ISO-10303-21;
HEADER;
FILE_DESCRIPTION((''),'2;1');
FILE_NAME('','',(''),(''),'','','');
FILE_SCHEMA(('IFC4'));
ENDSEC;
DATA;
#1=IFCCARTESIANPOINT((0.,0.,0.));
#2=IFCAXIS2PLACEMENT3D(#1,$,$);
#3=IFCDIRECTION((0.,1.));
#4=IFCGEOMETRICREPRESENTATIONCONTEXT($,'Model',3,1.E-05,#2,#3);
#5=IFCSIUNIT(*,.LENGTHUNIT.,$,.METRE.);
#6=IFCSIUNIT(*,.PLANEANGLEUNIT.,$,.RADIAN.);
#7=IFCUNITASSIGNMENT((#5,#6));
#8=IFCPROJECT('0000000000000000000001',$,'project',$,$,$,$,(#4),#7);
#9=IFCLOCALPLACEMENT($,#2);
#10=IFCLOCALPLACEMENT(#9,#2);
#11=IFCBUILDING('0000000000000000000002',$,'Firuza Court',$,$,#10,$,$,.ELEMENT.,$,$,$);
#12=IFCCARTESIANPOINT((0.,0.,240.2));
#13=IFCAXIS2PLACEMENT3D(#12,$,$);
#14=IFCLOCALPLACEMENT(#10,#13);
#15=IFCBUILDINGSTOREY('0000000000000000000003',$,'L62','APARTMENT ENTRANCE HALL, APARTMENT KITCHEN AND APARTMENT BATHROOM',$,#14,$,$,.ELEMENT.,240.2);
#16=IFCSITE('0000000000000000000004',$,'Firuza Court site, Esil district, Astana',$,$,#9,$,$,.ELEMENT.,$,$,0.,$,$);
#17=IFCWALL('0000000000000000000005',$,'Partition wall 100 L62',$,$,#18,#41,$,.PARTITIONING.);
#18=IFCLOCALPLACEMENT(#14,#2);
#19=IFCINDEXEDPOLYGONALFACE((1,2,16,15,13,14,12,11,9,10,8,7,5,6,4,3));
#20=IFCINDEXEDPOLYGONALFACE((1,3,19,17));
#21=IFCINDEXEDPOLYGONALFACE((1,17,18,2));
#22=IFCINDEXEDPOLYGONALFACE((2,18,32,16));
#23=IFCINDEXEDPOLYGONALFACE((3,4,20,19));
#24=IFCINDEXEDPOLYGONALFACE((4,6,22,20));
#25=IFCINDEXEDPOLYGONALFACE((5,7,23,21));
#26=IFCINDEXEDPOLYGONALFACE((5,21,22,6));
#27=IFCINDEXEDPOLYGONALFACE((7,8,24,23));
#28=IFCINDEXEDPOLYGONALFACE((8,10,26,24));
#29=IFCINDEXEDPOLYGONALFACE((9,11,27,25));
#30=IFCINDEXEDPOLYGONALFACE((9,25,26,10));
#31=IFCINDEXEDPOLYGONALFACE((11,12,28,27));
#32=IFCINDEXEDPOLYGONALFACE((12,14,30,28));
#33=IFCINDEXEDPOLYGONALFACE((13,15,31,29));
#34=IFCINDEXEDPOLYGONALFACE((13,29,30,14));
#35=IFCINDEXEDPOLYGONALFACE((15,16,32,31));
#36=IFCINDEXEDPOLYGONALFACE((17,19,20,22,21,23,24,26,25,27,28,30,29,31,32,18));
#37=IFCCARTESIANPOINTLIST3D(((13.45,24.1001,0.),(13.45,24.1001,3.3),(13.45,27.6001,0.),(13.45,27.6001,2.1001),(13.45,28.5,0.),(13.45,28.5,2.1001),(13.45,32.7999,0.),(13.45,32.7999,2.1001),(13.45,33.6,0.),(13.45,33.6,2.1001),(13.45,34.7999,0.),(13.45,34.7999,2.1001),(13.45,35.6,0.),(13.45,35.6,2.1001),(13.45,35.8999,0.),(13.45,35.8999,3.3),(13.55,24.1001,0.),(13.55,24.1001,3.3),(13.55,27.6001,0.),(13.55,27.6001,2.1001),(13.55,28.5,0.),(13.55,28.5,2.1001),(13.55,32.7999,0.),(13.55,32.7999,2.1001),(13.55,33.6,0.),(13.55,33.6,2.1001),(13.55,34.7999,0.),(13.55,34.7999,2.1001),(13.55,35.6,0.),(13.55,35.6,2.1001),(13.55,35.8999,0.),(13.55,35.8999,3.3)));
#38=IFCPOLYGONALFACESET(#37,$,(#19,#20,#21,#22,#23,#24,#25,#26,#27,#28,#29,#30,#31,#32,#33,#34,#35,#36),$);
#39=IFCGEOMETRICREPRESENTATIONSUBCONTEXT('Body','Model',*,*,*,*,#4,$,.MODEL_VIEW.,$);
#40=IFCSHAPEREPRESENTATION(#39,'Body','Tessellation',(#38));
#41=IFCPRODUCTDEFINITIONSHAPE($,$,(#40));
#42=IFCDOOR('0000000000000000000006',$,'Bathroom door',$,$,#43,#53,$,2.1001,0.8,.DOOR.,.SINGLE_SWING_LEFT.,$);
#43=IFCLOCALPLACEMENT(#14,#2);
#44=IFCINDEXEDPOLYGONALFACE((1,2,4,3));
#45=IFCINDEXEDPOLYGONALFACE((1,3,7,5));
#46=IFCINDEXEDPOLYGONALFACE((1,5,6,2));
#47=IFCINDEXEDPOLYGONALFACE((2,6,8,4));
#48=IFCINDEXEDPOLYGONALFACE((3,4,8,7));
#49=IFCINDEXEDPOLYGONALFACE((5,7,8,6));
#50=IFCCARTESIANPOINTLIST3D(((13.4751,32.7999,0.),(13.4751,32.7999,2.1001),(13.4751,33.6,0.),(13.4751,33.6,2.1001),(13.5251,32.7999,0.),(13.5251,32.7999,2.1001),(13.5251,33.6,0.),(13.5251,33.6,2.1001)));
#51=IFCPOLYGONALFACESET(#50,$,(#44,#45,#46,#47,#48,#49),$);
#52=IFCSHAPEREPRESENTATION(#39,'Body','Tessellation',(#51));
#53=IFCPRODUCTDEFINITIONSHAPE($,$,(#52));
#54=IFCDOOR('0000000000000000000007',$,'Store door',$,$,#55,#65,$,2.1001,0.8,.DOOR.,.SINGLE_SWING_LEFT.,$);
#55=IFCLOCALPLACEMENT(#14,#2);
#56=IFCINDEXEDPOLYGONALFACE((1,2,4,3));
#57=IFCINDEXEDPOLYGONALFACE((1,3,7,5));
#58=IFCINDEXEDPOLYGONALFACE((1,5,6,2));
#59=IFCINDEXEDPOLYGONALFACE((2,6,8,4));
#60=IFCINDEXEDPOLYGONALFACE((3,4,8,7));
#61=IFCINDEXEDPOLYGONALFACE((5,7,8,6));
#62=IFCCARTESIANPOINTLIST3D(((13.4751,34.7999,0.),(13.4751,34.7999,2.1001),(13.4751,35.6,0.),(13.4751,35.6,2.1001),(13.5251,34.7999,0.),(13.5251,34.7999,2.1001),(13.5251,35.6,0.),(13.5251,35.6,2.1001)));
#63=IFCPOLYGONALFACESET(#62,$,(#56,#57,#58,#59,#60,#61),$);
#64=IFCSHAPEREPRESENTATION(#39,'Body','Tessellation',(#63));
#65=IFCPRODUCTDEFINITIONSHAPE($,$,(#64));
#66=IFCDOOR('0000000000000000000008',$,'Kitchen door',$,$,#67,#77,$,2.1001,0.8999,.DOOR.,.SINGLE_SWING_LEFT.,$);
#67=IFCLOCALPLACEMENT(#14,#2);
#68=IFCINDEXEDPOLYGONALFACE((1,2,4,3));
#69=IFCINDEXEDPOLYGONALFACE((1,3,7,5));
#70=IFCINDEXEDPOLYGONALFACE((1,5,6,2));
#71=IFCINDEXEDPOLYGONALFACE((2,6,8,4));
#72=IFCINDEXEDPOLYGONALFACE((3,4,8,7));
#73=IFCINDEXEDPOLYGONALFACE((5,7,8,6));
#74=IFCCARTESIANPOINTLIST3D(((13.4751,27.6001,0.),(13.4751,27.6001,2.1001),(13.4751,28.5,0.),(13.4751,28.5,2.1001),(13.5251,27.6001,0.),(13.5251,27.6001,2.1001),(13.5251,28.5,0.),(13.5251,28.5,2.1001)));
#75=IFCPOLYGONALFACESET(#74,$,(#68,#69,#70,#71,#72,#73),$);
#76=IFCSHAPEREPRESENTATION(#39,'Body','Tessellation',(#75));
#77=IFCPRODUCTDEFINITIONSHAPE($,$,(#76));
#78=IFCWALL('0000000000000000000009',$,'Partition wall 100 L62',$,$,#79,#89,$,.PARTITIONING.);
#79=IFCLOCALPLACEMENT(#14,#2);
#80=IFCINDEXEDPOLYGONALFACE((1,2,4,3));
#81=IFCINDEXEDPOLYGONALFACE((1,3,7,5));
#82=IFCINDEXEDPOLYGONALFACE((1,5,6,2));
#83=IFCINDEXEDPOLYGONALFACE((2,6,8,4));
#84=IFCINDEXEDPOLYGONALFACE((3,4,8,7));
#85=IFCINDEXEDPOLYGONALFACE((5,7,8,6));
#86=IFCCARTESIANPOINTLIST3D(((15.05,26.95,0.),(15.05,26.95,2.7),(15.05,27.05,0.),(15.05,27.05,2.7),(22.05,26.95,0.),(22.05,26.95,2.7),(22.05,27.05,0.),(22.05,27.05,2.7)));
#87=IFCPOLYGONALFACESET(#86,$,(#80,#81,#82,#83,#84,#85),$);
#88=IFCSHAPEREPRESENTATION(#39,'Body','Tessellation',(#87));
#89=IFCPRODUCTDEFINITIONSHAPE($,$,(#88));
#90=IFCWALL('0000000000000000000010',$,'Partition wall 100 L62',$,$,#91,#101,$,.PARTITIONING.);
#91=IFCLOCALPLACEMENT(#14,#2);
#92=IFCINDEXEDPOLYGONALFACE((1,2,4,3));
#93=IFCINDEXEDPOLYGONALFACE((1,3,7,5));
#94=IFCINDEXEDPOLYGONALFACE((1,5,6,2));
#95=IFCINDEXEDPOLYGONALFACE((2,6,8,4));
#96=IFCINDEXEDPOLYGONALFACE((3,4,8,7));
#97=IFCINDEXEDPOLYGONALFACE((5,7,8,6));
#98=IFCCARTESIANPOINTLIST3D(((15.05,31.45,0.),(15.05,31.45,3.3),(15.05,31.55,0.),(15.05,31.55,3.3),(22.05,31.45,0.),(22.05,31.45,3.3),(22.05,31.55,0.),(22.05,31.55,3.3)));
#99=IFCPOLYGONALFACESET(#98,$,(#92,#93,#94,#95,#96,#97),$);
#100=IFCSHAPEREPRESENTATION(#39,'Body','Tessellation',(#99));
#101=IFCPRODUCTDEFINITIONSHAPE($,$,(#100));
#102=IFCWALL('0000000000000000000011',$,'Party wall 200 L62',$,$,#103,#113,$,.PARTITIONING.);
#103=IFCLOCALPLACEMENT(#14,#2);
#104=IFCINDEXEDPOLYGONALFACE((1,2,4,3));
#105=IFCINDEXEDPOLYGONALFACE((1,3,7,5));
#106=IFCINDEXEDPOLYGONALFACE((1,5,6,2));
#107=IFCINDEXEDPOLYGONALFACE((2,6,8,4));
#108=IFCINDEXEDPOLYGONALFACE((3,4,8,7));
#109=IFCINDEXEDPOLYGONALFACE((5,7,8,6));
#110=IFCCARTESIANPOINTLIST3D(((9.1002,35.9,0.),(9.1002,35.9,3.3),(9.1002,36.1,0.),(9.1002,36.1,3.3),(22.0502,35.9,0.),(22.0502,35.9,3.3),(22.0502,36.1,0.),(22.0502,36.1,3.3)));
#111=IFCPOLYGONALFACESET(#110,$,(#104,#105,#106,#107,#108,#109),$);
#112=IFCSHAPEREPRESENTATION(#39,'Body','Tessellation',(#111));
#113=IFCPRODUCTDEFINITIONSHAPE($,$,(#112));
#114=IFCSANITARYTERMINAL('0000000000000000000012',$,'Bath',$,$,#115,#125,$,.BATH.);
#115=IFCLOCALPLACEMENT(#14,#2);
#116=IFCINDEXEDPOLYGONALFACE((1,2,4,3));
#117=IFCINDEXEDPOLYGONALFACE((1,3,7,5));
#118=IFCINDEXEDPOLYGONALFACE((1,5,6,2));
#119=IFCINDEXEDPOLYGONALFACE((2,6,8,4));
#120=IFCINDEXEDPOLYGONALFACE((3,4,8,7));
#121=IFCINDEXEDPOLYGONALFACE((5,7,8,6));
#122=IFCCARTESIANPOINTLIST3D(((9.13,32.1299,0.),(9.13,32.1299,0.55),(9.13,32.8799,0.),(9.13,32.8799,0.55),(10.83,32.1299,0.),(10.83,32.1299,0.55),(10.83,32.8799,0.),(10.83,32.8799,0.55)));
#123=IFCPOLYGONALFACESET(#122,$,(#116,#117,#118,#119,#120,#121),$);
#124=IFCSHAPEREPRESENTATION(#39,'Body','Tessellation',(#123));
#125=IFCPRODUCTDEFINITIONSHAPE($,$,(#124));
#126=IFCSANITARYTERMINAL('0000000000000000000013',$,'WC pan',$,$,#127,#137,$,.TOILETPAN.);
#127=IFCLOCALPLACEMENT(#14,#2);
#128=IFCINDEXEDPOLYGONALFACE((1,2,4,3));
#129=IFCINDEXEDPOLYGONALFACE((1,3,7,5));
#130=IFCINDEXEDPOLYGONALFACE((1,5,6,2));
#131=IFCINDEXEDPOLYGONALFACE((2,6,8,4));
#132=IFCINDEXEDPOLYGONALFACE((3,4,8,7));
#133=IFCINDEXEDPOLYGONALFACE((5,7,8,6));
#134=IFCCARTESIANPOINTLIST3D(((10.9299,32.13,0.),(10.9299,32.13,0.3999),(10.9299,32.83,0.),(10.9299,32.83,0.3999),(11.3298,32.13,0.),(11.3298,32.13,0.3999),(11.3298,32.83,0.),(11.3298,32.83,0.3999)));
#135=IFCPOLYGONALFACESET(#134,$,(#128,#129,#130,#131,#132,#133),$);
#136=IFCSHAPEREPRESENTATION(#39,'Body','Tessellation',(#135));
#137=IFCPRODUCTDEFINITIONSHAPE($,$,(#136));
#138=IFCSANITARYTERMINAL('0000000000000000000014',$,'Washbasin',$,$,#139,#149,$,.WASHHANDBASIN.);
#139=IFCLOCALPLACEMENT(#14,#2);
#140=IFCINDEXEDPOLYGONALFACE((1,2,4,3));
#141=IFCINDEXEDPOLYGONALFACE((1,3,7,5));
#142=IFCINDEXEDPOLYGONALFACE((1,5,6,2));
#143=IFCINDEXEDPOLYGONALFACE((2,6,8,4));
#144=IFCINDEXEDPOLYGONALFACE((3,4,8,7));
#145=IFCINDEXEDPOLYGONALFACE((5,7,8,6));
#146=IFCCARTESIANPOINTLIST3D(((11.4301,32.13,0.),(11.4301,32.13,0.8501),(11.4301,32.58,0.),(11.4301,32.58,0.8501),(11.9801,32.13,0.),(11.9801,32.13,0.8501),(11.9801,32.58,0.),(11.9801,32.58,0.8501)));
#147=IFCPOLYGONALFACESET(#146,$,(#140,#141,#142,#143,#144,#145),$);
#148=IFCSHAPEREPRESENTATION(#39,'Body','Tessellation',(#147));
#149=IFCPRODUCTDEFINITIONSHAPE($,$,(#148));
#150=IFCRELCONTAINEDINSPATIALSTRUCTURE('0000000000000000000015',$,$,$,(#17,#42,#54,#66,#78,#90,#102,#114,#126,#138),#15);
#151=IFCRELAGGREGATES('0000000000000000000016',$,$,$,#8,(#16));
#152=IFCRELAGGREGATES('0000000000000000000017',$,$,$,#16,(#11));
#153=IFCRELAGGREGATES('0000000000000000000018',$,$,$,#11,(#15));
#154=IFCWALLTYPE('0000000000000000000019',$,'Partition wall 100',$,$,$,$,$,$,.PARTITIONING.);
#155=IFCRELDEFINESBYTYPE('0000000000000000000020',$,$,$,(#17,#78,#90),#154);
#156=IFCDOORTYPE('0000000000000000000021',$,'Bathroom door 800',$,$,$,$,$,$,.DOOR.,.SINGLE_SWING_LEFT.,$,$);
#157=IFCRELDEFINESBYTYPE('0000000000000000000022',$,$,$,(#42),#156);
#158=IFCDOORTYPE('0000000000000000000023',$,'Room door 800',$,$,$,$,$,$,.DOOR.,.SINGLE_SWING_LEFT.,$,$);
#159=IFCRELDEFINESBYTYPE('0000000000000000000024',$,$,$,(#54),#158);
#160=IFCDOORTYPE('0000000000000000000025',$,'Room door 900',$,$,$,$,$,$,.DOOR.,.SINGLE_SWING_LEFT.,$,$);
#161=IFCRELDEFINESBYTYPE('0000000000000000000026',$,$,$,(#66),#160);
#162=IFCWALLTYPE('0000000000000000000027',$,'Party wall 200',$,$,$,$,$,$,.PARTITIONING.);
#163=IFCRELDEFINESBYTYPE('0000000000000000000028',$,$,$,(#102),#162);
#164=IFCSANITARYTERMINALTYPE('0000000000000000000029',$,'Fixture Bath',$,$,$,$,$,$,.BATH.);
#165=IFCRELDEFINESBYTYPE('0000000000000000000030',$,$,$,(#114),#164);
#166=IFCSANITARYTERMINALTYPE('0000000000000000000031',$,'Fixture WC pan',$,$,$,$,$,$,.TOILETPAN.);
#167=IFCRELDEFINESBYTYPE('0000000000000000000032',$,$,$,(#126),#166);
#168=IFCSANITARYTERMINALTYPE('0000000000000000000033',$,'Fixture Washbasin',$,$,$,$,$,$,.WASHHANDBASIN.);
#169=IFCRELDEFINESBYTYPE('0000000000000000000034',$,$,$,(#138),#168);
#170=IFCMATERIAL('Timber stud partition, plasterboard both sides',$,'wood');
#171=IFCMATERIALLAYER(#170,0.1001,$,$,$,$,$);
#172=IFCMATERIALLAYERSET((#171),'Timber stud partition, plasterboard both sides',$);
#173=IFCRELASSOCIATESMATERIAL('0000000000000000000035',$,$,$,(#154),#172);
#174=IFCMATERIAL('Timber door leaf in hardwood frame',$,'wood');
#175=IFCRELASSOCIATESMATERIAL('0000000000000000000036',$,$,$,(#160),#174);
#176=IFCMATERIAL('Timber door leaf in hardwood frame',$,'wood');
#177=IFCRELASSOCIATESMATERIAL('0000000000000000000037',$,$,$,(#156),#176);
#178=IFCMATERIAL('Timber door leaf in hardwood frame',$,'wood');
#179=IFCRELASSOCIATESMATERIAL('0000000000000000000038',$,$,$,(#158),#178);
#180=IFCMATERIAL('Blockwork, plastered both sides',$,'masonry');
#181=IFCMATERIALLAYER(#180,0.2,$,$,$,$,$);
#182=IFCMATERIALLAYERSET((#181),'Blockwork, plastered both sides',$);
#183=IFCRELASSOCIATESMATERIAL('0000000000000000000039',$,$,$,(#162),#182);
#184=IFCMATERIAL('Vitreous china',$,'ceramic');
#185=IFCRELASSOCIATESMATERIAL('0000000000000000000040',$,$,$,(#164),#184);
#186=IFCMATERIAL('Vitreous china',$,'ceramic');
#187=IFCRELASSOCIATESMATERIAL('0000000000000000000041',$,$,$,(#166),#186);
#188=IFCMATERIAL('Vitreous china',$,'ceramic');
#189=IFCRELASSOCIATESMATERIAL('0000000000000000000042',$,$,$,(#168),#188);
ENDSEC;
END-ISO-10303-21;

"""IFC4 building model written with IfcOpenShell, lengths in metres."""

from ifc_helpers import new_model, si_unit, direction, frame, frame_2d, origin, origin_2d, place, context, subcontext, project, spatial, rectangle, extrude, material, layer, layer_set, type_object, element, fill, save


model = new_model("IFC4")

# Units and contexts
model_context = context("Model", 3, precision=1e-05, world=origin(), true_north=direction((0.0, 1.0)))
body_context = subcontext(model_context, "Body", "Model", "MODEL_VIEW")
ifc_project = project(units=[si_unit("LENGTHUNIT", "METRE"), si_unit("PLANEANGLEUNIT", "RADIAN")], contexts=[model_context])

# Site, building, storey
site_placement = place(None, origin())
site = spatial("IfcSite", under=ifc_project, at=site_placement, Name="Firuza Court site, Esil district, Astana", CompositionType="ELEMENT", RefElevation=0.0)
building_placement = place(site_placement, origin())
building = spatial("IfcBuilding", under=site, at=building_placement, Name="Firuza Court", CompositionType="ELEMENT")
storey_placement = place(building_placement, frame((0.0, 0.0, 240.2)))
storey = spatial("IfcBuildingStorey", under=building, at=storey_placement, Name="L62", Description="APARTMENT ENTRANCE HALL, APARTMENT KITCHEN AND APARTMENT BATHROOM", CompositionType="ELEMENT", Elevation=240.2)

# Shared definitions
ifc_material_1 = material(Name="Blockwork, plastered both sides", Category="masonry")

# Shared definitions
ifc_material_2 = material(Name="Timber stud partition, plasterboard both sides", Category="wood")
ifc_layer_1 = layer(ifc_material_2, 0.1001)
ifc_layer_set_1 = layer_set([ifc_layer_1], Name="Timber stud partition, plasterboard both sides")
wall_type_1 = type_object("IfcWallType", Name="Partition wall 100", PredefinedType="PARTITIONING", material=ifc_layer_set_1)
ifc_material_3 = material(Name="Timber door leaf in hardwood frame", Category="wood")
door_type_1 = type_object("IfcDoorType", Name="Room door 900", OperationType="SINGLE_SWING_LEFT", PredefinedType="DOOR", material=ifc_material_3)

# Wall, openings, doors
wall_1_placement = place(storey_placement, frame((13.5, 24.1001, 0.0), z_axis=(0.0, 0.0, 1.0), x_axis=(0.0, 1.0, 0.0)))
wall_1 = element("IfcWall", 1, at=wall_1_placement, inside=storey, type_object=wall_type_1, Name="Partition wall 100 L62", PredefinedType="PARTITIONING", context=body_context, shape_type="SweptSolid", body=[
    extrude(rectangle(XDim=11.7998, YDim=0.1001, at=frame_2d((5.8999, 0.0))), origin(), (0.0, 0.0, 1.0), 3.3),
])
opening_1_placement = place(wall_1_placement, frame((8.7, 0.0, 0.0)))
opening_1 = element("IfcOpeningElement", 2, at=opening_1_placement, cuts=wall_1, PredefinedType="OPENING", context=body_context, shape_type="SweptSolid", body=[
    extrude(rectangle(XDim=0.8, YDim=2.1001, at=frame_2d((0.3999, 1.05))), frame((0.0, 0.062, 0.0), z_axis=(0.0, -1.0, 0.0), x_axis=(1.0, 0.0, 0.0)), (0.0, 0.0, 1.0), 0.124),
])
opening_2_placement = place(wall_1_placement, frame((3.5, 0.0, 0.0)))
opening_2 = element("IfcOpeningElement", 3, at=opening_2_placement, cuts=wall_1, PredefinedType="OPENING", context=body_context, shape_type="SweptSolid", body=[
    extrude(rectangle(XDim=0.8999, YDim=2.1001, at=frame_2d((0.45, 1.05))), frame((0.0, 0.062, 0.0), z_axis=(0.0, -1.0, 0.0), x_axis=(1.0, 0.0, 0.0)), (0.0, 0.0, 1.0), 0.124),
])
opening_3_placement = place(wall_1_placement, frame((10.7, 0.0, 0.0)))
opening_3 = element("IfcOpeningElement", 4, at=opening_3_placement, cuts=wall_1, PredefinedType="OPENING", context=body_context, shape_type="SweptSolid", body=[
    extrude(rectangle(XDim=0.8, YDim=2.1001, at=frame_2d((0.3999, 1.05))), frame((0.0, 0.062, 0.0), z_axis=(0.0, -1.0, 0.0), x_axis=(1.0, 0.0, 0.0)), (0.0, 0.0, 1.0), 0.124),
])
ifc_material_4 = material(Name="Timber door leaf in hardwood frame", Category="wood")
door_type_2 = type_object("IfcDoorType", Name="Bathroom door 800", OperationType="SINGLE_SWING_LEFT", PredefinedType="DOOR", material=ifc_material_4)
door_1_placement = place(opening_1_placement, origin())
door_1 = element("IfcDoor", 5, at=door_1_placement, inside=storey, type_object=door_type_2, Name="Bathroom door", OperationType="SINGLE_SWING_LEFT", OverallHeight=2.1001, OverallWidth=0.8, PredefinedType="DOOR", context=body_context, shape_type="SweptSolid", body=[
    extrude(rectangle(XDim=0.8, YDim=2.1001, at=frame_2d((0.3999, 1.05))), frame((0.0, 0.0249, 0.0), z_axis=(0.0, -1.0, 0.0), x_axis=(1.0, 0.0, 0.0)), (0.0, 0.0, 1.0), 0.05),
])
fill(opening_1, door_1)
ifc_material_5 = material(Name="Timber door leaf in hardwood frame", Category="wood")
door_type_3 = type_object("IfcDoorType", Name="Room door 800", OperationType="SINGLE_SWING_LEFT", PredefinedType="DOOR", material=ifc_material_5)
door_2_placement = place(opening_3_placement, origin())
door_2 = element("IfcDoor", 6, at=door_2_placement, inside=storey, type_object=door_type_3, Name="Store door", OperationType="SINGLE_SWING_LEFT", OverallHeight=2.1001, OverallWidth=0.8, PredefinedType="DOOR", context=body_context, shape_type="SweptSolid", body=[
    extrude(rectangle(XDim=0.8, YDim=2.1001, at=frame_2d((0.3999, 1.05))), frame((0.0, 0.0249, 0.0), z_axis=(0.0, -1.0, 0.0), x_axis=(1.0, 0.0, 0.0)), (0.0, 0.0, 1.0), 0.05),
])
fill(opening_3, door_2)
door_3_placement = place(opening_2_placement, origin())
door_3 = element("IfcDoor", 7, at=door_3_placement, inside=storey, type_object=door_type_1, Name="Kitchen door", OperationType="SINGLE_SWING_LEFT", OverallHeight=2.1001, OverallWidth=0.8999, PredefinedType="DOOR", context=body_context, shape_type="SweptSolid", body=[
    extrude(rectangle(XDim=0.8999, YDim=2.1001, at=frame_2d((0.45, 1.05))), frame((0.0, 0.0249, 0.0), z_axis=(0.0, -1.0, 0.0), x_axis=(1.0, 0.0, 0.0)), (0.0, 0.0, 1.0), 0.05),
])
fill(opening_2, door_3)

# Walls
wall_2_placement = place(storey_placement, frame((15.05, 27.0, 0.0), z_axis=(0.0, 0.0, 1.0), x_axis=(1.0, 0.0, 0.0)))
element("IfcWall", 8, at=wall_2_placement, inside=storey, type_object=wall_type_1, Name="Partition wall 100 L62", PredefinedType="PARTITIONING", context=body_context, shape_type="SweptSolid", body=[
    extrude(rectangle(XDim=7.0, YDim=0.1001, at=frame_2d((3.5, 0.0))), origin(), (0.0, 0.0, 1.0), 2.7),
])
wall_3_placement = place(storey_placement, frame((15.05, 31.5, 0.0), z_axis=(0.0, 0.0, 1.0), x_axis=(1.0, 0.0, 0.0)))
element("IfcWall", 9, at=wall_3_placement, inside=storey, type_object=wall_type_1, Name="Partition wall 100 L62", PredefinedType="PARTITIONING", context=body_context, shape_type="SweptSolid", body=[
    extrude(rectangle(XDim=7.0, YDim=0.1001, at=frame_2d((3.5, 0.0))), origin(), (0.0, 0.0, 1.0), 3.3),
])
ifc_layer_2 = layer(ifc_material_1, 0.2)
ifc_layer_set_2 = layer_set([ifc_layer_2], Name="Blockwork, plastered both sides")
wall_type_2 = type_object("IfcWallType", Name="Party wall 200", PredefinedType="PARTITIONING", material=ifc_layer_set_2)
wall_4_placement = place(storey_placement, frame((9.1001, 36.0, 0.0), z_axis=(0.0, 0.0, 1.0), x_axis=(1.0, 0.0, 0.0)))
element("IfcWall", 10, at=wall_4_placement, inside=storey, type_object=wall_type_2, Name="Party wall 200 L62", PredefinedType="PARTITIONING", context=body_context, shape_type="SweptSolid", body=[
    extrude(rectangle(XDim=12.95, YDim=0.2, at=frame_2d((6.4751, 0.0))), origin(), (0.0, 0.0, 1.0), 3.3),
])

# Sanitary terminals
ifc_material_6 = material(Name="Vitreous china", Category="ceramic")
sanitary_terminal_type_1 = type_object("IfcSanitaryTerminalType", Name="Fixture Bath", PredefinedType="BATH", material=ifc_material_6)
sanitary_terminal_1_placement = place(storey_placement, frame((9.98, 32.5049, 0.0), z_axis=(0.0, 0.0, 1.0), x_axis=(1.0, 0.0, 0.0)))
element("IfcSanitaryTerminal", 11, at=sanitary_terminal_1_placement, inside=storey, type_object=sanitary_terminal_type_1, Name="Bath", PredefinedType="BATH", context=body_context, shape_type="SweptSolid", body=[
    extrude(rectangle(XDim=1.7, YDim=0.75, at=origin_2d()), origin(), (0.0, 0.0, 1.0), 0.55),
])
ifc_material_7 = material(Name="Vitreous china", Category="ceramic")
sanitary_terminal_type_2 = type_object("IfcSanitaryTerminalType", Name="Fixture WC pan", PredefinedType="TOILETPAN", material=ifc_material_7)
sanitary_terminal_2_placement = place(storey_placement, frame((11.1299, 32.48, 0.0), z_axis=(0.0, 0.0, 1.0), x_axis=(1.0, 0.0, 0.0)))
element("IfcSanitaryTerminal", 12, at=sanitary_terminal_2_placement, inside=storey, type_object=sanitary_terminal_type_2, Name="WC pan", PredefinedType="TOILETPAN", context=body_context, shape_type="SweptSolid", body=[
    extrude(rectangle(XDim=0.3999, YDim=0.7, at=origin_2d()), origin(), (0.0, 0.0, 1.0), 0.3999),
])
ifc_material_8 = material(Name="Vitreous china", Category="ceramic")
sanitary_terminal_type_3 = type_object("IfcSanitaryTerminalType", Name="Fixture Washbasin", PredefinedType="WASHHANDBASIN", material=ifc_material_8)
sanitary_terminal_3_placement = place(storey_placement, frame((11.7051, 32.355, 0.0), z_axis=(0.0, 0.0, 1.0), x_axis=(1.0, 0.0, 0.0)))
element("IfcSanitaryTerminal", 13, at=sanitary_terminal_3_placement, inside=storey, type_object=sanitary_terminal_type_3, Name="Washbasin", PredefinedType="WASHHANDBASIN", context=body_context, shape_type="SweptSolid", body=[
    extrude(rectangle(XDim=0.55, YDim=0.45, at=origin_2d()), origin(), (0.0, 0.0, 1.0), 0.8501),
])

save(model, "model.ifc")
